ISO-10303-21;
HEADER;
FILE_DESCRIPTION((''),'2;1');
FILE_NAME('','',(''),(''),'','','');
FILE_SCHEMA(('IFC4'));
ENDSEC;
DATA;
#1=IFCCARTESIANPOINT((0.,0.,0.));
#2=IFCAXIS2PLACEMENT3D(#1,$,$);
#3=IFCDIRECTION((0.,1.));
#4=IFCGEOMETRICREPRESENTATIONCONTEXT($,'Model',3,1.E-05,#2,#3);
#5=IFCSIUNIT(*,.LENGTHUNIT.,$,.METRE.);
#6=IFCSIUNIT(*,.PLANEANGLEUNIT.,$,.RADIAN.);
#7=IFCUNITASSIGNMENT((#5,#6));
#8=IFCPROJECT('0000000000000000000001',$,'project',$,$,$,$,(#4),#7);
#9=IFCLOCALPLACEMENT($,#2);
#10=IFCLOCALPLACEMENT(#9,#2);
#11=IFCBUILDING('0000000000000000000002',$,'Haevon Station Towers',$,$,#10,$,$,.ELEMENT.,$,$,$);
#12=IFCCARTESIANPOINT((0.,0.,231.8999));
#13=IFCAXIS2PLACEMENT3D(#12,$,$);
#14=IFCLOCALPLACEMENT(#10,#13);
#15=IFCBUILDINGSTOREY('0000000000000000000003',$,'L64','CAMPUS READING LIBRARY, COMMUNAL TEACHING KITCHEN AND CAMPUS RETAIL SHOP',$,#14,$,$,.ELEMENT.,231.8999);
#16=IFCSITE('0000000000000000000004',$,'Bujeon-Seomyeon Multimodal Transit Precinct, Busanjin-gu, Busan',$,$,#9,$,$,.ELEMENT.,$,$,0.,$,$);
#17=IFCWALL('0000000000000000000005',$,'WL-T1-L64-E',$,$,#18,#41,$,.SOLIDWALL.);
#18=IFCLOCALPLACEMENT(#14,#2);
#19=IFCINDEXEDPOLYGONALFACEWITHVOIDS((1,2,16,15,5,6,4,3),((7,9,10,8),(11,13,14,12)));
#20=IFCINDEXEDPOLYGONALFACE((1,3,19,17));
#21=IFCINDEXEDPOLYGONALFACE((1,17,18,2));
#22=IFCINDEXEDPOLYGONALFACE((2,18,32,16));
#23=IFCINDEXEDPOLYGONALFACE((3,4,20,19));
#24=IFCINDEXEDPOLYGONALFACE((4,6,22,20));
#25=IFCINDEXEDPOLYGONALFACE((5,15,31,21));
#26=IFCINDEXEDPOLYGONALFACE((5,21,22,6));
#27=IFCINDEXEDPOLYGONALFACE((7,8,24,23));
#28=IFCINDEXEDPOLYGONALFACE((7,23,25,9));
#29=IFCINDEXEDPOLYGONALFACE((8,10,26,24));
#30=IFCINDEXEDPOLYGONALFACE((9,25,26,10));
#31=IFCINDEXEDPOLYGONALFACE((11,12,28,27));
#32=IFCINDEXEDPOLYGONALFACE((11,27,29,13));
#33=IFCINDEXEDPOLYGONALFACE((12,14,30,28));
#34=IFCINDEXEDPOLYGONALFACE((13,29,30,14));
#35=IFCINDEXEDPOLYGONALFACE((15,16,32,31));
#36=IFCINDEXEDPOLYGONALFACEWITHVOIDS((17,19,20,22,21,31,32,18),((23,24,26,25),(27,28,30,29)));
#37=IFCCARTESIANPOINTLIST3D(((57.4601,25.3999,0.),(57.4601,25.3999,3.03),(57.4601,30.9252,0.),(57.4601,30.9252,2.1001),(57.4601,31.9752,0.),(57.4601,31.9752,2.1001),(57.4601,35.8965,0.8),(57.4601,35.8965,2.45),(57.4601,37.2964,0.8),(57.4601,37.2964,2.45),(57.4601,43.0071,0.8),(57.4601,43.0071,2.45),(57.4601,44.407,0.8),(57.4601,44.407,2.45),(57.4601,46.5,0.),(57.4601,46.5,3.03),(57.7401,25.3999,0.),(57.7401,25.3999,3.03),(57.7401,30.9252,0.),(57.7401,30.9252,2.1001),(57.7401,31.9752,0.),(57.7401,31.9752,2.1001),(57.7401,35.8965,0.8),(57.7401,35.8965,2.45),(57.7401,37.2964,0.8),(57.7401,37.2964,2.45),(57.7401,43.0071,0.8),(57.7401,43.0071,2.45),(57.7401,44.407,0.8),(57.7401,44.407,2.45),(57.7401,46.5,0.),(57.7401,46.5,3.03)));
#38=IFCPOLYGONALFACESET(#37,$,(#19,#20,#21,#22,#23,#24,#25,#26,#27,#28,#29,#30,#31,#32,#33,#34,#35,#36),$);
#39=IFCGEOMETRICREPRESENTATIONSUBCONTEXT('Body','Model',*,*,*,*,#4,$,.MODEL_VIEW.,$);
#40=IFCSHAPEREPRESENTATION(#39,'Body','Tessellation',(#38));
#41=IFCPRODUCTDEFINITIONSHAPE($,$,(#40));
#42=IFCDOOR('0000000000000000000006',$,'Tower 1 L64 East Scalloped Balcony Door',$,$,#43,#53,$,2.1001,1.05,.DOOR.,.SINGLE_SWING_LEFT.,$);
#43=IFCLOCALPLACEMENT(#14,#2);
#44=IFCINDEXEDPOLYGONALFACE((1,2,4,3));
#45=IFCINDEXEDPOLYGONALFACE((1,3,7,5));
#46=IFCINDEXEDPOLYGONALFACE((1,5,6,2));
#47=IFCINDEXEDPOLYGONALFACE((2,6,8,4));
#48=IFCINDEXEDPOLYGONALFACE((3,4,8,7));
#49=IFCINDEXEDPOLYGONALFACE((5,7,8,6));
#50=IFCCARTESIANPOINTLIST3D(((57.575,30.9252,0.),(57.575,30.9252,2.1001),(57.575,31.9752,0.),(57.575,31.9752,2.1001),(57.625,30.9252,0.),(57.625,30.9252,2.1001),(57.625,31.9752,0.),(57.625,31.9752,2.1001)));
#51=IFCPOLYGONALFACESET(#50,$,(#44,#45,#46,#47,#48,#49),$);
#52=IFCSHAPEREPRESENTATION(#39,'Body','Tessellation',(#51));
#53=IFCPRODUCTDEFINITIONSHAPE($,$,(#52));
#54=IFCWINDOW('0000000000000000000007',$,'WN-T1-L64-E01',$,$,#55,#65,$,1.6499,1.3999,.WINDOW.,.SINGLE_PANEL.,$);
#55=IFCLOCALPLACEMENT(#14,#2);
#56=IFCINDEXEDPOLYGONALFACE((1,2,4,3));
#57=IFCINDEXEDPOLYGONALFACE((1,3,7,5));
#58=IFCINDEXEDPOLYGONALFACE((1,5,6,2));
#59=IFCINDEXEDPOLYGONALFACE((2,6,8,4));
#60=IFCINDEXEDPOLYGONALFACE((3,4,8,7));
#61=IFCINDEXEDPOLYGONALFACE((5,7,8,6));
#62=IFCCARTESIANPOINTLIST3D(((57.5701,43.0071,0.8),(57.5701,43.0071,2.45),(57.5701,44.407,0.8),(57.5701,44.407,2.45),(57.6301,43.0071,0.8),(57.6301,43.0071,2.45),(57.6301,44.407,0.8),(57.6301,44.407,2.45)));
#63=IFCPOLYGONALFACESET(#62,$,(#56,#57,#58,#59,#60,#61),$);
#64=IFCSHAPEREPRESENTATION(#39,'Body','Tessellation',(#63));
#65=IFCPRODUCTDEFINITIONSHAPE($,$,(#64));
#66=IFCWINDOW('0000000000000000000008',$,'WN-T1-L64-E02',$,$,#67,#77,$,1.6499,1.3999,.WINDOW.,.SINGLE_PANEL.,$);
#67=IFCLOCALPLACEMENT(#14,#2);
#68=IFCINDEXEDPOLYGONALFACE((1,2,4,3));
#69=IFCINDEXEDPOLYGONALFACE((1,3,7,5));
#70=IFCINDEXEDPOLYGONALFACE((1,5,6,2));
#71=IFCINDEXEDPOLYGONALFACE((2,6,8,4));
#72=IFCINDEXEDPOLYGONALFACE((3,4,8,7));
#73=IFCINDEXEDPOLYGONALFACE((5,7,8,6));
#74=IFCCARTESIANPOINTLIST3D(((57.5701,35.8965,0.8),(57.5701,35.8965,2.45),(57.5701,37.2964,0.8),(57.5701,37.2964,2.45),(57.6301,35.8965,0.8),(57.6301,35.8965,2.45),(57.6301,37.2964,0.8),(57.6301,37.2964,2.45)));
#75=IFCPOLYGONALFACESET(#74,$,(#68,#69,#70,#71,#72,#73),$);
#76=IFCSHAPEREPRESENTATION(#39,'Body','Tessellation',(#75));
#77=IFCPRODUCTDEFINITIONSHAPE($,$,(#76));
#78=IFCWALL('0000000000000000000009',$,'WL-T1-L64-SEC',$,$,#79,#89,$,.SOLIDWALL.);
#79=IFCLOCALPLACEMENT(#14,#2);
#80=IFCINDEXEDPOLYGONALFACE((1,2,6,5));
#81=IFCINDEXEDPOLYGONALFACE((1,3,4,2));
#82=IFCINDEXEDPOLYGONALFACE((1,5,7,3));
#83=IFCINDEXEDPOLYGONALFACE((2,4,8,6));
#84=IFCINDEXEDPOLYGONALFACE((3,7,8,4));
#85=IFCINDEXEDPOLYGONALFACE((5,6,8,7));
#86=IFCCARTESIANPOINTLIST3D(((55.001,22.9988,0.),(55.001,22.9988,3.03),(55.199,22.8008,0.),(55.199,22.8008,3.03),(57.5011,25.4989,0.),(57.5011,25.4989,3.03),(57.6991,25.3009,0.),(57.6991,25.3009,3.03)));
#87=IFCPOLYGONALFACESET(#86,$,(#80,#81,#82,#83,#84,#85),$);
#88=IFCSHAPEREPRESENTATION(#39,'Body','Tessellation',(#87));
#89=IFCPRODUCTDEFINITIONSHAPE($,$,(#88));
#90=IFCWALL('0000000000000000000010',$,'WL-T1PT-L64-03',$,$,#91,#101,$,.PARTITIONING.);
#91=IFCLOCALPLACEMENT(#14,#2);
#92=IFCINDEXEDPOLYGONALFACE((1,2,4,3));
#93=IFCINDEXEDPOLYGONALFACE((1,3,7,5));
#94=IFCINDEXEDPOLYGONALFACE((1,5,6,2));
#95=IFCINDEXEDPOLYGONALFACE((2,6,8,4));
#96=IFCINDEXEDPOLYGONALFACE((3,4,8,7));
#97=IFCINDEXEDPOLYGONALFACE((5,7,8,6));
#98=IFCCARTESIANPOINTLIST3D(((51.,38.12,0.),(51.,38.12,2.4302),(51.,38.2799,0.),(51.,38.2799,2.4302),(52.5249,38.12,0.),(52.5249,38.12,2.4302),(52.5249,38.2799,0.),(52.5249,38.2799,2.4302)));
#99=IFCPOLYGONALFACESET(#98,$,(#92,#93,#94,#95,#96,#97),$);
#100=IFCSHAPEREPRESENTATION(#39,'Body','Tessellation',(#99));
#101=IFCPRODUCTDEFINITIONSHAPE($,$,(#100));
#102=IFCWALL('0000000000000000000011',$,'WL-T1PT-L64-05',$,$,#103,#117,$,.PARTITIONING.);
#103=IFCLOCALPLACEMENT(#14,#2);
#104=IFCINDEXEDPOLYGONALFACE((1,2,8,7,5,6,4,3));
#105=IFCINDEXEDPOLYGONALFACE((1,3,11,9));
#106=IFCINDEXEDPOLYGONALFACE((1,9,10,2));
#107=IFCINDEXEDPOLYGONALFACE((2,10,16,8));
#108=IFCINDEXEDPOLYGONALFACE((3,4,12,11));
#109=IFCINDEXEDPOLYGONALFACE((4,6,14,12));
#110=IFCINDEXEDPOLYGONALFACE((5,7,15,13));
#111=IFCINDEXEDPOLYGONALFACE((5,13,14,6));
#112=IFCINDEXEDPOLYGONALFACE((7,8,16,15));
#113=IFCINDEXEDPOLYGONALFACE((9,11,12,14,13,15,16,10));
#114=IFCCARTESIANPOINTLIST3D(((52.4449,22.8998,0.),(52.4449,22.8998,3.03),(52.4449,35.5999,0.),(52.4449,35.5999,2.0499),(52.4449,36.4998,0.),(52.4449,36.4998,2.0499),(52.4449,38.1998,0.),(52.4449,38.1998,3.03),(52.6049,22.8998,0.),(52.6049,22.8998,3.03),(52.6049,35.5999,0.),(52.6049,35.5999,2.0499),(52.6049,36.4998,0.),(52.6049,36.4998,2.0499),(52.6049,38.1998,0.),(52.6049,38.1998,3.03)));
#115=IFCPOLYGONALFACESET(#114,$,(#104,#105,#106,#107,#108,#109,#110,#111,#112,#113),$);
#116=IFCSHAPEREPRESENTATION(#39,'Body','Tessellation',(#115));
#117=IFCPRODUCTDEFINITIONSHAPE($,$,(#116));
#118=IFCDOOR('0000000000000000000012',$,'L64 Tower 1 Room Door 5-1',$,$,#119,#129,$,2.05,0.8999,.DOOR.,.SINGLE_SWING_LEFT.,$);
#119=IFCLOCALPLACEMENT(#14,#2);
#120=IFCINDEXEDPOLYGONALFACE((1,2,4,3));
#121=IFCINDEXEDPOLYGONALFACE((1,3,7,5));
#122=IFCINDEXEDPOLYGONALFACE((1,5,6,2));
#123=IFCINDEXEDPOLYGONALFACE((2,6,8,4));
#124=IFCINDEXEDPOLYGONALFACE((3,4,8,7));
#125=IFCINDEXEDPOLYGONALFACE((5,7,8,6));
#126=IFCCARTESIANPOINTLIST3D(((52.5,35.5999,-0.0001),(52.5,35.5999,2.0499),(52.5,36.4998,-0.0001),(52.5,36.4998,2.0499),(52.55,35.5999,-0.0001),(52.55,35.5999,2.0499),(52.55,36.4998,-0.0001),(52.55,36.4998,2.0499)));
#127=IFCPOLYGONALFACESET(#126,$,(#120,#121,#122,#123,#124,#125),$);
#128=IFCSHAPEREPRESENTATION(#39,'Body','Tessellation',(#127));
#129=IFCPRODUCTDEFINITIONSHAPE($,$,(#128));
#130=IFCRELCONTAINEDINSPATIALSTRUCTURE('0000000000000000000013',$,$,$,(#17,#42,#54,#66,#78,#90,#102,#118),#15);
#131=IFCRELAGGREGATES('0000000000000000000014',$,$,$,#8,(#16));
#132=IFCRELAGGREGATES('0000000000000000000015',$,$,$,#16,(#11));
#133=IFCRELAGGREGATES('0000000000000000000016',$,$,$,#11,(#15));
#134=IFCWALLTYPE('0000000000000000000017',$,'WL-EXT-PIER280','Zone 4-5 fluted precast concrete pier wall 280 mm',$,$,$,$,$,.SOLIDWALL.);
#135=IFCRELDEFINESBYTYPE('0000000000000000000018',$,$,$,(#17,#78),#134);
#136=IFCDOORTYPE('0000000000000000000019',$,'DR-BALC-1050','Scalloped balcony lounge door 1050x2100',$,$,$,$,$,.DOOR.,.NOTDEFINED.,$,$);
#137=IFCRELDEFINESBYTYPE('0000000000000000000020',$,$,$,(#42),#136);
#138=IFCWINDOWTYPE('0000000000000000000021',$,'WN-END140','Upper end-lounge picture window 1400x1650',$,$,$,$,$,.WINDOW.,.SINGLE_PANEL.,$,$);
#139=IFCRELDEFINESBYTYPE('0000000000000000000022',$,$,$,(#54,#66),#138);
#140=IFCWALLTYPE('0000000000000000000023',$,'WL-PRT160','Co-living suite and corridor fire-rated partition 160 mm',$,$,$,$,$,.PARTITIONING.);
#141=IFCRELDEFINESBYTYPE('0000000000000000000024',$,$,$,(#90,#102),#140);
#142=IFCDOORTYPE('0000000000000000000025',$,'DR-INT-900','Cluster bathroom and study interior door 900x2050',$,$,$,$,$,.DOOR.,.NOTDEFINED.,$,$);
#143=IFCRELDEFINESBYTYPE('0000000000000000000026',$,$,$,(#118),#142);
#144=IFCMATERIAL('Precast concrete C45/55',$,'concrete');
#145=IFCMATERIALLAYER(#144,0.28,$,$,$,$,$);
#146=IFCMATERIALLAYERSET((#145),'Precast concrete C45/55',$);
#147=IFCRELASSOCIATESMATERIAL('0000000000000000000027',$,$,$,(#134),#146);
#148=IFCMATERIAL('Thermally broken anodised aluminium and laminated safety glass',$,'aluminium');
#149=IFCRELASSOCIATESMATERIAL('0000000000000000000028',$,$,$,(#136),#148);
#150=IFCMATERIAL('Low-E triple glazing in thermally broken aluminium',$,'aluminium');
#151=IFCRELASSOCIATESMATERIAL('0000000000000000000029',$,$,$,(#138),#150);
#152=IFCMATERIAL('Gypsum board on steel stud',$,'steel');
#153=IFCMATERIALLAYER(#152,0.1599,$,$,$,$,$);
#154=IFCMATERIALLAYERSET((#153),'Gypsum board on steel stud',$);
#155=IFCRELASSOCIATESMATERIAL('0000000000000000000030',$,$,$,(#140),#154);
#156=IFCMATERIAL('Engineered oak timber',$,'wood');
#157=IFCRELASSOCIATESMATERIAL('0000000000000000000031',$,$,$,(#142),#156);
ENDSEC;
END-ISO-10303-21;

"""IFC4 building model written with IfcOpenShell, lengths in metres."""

from ifc_helpers import new_model, si_unit, direction, frame, frame_2d, origin, place, context, subcontext, project, spatial, rectangle, extrude, material, layer, layer_set, type_object, element, fill, save


model = new_model("IFC4")

# Units and contexts
model_context = context("Model", 3, precision=1e-05, world=origin(), true_north=direction((0.0, 1.0)))
body_context = subcontext(model_context, "Body", "Model", "MODEL_VIEW")
ifc_project = project(units=[si_unit("LENGTHUNIT", "METRE"), si_unit("PLANEANGLEUNIT", "RADIAN")], contexts=[model_context])

# Site, building, storey
site_placement = place(None, origin())
site = spatial("IfcSite", under=ifc_project, at=site_placement, Name="Bujeon-Seomyeon Multimodal Transit Precinct, Busanjin-gu, Busan", CompositionType="ELEMENT", RefElevation=0.0)
building_placement = place(site_placement, origin())
building = spatial("IfcBuilding", under=site, at=building_placement, Name="Haevon Station Towers", CompositionType="ELEMENT")
storey_placement = place(building_placement, frame((0.0, 0.0, 231.8999)))
storey = spatial("IfcBuildingStorey", under=building, at=storey_placement, Name="L64", Description="CAMPUS READING LIBRARY, COMMUNAL TEACHING KITCHEN AND CAMPUS RETAIL SHOP", CompositionType="ELEMENT", Elevation=231.8999)

# Shared definitions
ifc_material_1 = material(Name="Precast concrete C45/55", Category="concrete")
ifc_layer_1 = layer(ifc_material_1, 0.28)
ifc_layer_set_1 = layer_set([ifc_layer_1], Name="Precast concrete C45/55")
wall_type_1 = type_object("IfcWallType", Name="WL-EXT-PIER280", Description="Zone 4-5 fluted precast concrete pier wall 280 mm", PredefinedType="SOLIDWALL", material=ifc_layer_set_1)
ifc_material_2 = material(Name="Low-E triple glazing in thermally broken aluminium", Category="aluminium")

# Wall, openings, door, windows
wall_1_placement = place(storey_placement, frame((57.6001, 46.5, 0.0), z_axis=(0.0, 0.0, 1.0), x_axis=(0.0, -1.0, 0.0)))
wall_1 = element("IfcWall", 1, at=wall_1_placement, inside=storey, type_object=wall_type_1, Name="WL-T1-L64-E", PredefinedType="SOLIDWALL", context=body_context, shape_type="SweptSolid", body=[
    extrude(rectangle(XDim=21.1001, YDim=0.28, at=frame_2d((10.55, 0.0))), origin(), (0.0, 0.0, 1.0), 3.03),
])
opening_1_placement = place(wall_1_placement, frame((14.5249, 0.0, 0.0)))
opening_1 = element("IfcOpeningElement", 2, at=opening_1_placement, cuts=wall_1, PredefinedType="OPENING", context=body_context, shape_type="SweptSolid", body=[
    extrude(rectangle(XDim=1.05, YDim=2.1001, at=frame_2d((0.5249, 1.05))), frame((0.0, 0.1499, 0.0), z_axis=(0.0, -1.0, 0.0), x_axis=(1.0, 0.0, 0.0)), (0.0, 0.0, 1.0), 0.3),
])
opening_2_placement = place(wall_1_placement, frame((2.093, 0.0, 0.8)))
opening_2 = element("IfcOpeningElement", 3, at=opening_2_placement, cuts=wall_1, PredefinedType="OPENING", context=body_context, shape_type="SweptSolid", body=[
    extrude(rectangle(XDim=1.3999, YDim=1.6499, at=frame_2d((0.7, 0.825))), frame((0.0, 0.1499, 0.0), z_axis=(0.0, -1.0, 0.0), x_axis=(1.0, 0.0, 0.0)), (0.0, 0.0, 1.0), 0.3),
])
opening_3_placement = place(wall_1_placement, frame((9.2036, 0.0, 0.8)))
opening_3 = element("IfcOpeningElement", 4, at=opening_3_placement, cuts=wall_1, PredefinedType="OPENING", context=body_context, shape_type="SweptSolid", body=[
    extrude(rectangle(XDim=1.3999, YDim=1.6499, at=frame_2d((0.7, 0.825))), frame((0.0, 0.1499, 0.0), z_axis=(0.0, -1.0, 0.0), x_axis=(1.0, 0.0, 0.0)), (0.0, 0.0, 1.0), 0.3),
])
ifc_material_3 = material(Name="Thermally broken anodised aluminium and laminated safety glass", Category="aluminium")
door_type_1 = type_object("IfcDoorType", Name="DR-BALC-1050", Description="Scalloped balcony lounge door 1050x2100", OperationType="NOTDEFINED", PredefinedType="DOOR", material=ifc_material_3)
door_1_placement = place(opening_1_placement, origin())
door_1 = element("IfcDoor", 5, at=door_1_placement, inside=storey, type_object=door_type_1, Name="Tower 1 L64 East Scalloped Balcony Door", OperationType="SINGLE_SWING_LEFT", OverallHeight=2.1001, OverallWidth=1.05, PredefinedType="DOOR", context=body_context, shape_type="SweptSolid", body=[
    extrude(rectangle(XDim=1.05, YDim=2.1001, at=frame_2d((0.5249, 1.05))), frame((0.0, 0.0249, 0.0), z_axis=(0.0, -1.0, 0.0), x_axis=(1.0, 0.0, 0.0)), (0.0, 0.0, 1.0), 0.05),
])
fill(opening_1, door_1)
window_type_1 = type_object("IfcWindowType", Name="WN-END140", Description="Upper end-lounge picture window 1400x1650", PartitioningType="SINGLE_PANEL", PredefinedType="WINDOW", material=ifc_material_2)
window_1_placement = place(opening_2_placement, origin())
window_1 = element("IfcWindow", 6, at=window_1_placement, inside=storey, type_object=window_type_1, Name="WN-T1-L64-E01", OverallHeight=1.6499, OverallWidth=1.3999, PartitioningType="SINGLE_PANEL", PredefinedType="WINDOW", context=body_context, shape_type="SweptSolid", body=[
    extrude(rectangle(XDim=1.3999, YDim=1.6499, at=frame_2d((0.7, 0.825))), frame((0.0, 0.03, 0.0), z_axis=(0.0, -1.0, 0.0), x_axis=(1.0, 0.0, 0.0)), (0.0, 0.0, 1.0), 0.0601),
])
fill(opening_2, window_1)
window_2_placement = place(opening_3_placement, origin())
window_2 = element("IfcWindow", 7, at=window_2_placement, inside=storey, type_object=window_type_1, Name="WN-T1-L64-E02", OverallHeight=1.6499, OverallWidth=1.3999, PartitioningType="SINGLE_PANEL", PredefinedType="WINDOW", context=body_context, shape_type="SweptSolid", body=[
    extrude(rectangle(XDim=1.3999, YDim=1.6499, at=frame_2d((0.7, 0.825))), frame((0.0, 0.03, 0.0), z_axis=(0.0, -1.0, 0.0), x_axis=(1.0, 0.0, 0.0)), (0.0, 0.0, 1.0), 0.0601),
])
fill(opening_3, window_2)

# Walls
wall_2_placement = place(storey_placement, frame((57.6001, 25.3999, 0.0), z_axis=(0.0, 0.0, 1.0), x_axis=(-0.707107, -0.707107, 0.0)))
element("IfcWall", 8, at=wall_2_placement, inside=storey, type_object=wall_type_1, Name="WL-T1-L64-SEC", PredefinedType="SOLIDWALL", context=body_context, shape_type="SweptSolid", body=[
    extrude(rectangle(XDim=3.5356, YDim=0.28, at=frame_2d((1.7678, 0.0))), origin(), (0.0, 0.0, 1.0), 3.03),
])
ifc_material_4 = material(Name="Gypsum board on steel stud", Category="steel")
ifc_layer_2 = layer(ifc_material_4, 0.1599)
ifc_layer_set_2 = layer_set([ifc_layer_2], Name="Gypsum board on steel stud")
wall_type_2 = type_object("IfcWallType", Name="WL-PRT160", Description="Co-living suite and corridor fire-rated partition 160 mm", PredefinedType="PARTITIONING", material=ifc_layer_set_2)
wall_3_placement = place(storey_placement, frame((51.0, 38.2, 0.0), z_axis=(0.0, 0.0, 1.0), x_axis=(1.0, 0.0, 0.0)))
element("IfcWall", 9, at=wall_3_placement, inside=storey, type_object=wall_type_2, Name="WL-T1PT-L64-03", PredefinedType="PARTITIONING", context=body_context, shape_type="SweptSolid", body=[
    extrude(rectangle(XDim=1.5249, YDim=0.1599, at=frame_2d((0.7625, 0.0))), origin(), (0.0, 0.0, 1.0), 2.4302),
])

# Wall, opening, door
wall_4_placement = place(storey_placement, frame((52.5249, 22.8999, 0.0), z_axis=(0.0, 0.0, 1.0), x_axis=(0.0, 1.0, 0.0)))
wall_4 = element("IfcWall", 10, at=wall_4_placement, inside=storey, type_object=wall_type_2, Name="WL-T1PT-L64-05", PredefinedType="PARTITIONING", context=body_context, shape_type="SweptSolid", body=[
    extrude(rectangle(XDim=15.3, YDim=0.1599, at=frame_2d((7.6499, 0.0))), origin(), (0.0, 0.0, 1.0), 3.03),
])
opening_4_placement = place(wall_4_placement, frame((12.7, 0.0, 0.0)))
opening_4 = element("IfcOpeningElement", 11, at=opening_4_placement, cuts=wall_4, PredefinedType="OPENING", context=body_context, shape_type="SweptSolid", body=[
    extrude(rectangle(XDim=0.8999, YDim=2.05, at=frame_2d((0.45, 1.0249))), frame((0.0, 0.0898, 0.0), z_axis=(0.0, -1.0, 0.0), x_axis=(1.0, 0.0, 0.0)), (0.0, 0.0, 1.0), 0.1799),
])
ifc_material_5 = material(Name="Engineered oak timber", Category="wood")
door_type_2 = type_object("IfcDoorType", Name="DR-INT-900", Description="Cluster bathroom and study interior door 900x2050", OperationType="NOTDEFINED", PredefinedType="DOOR", material=ifc_material_5)
door_2_placement = place(opening_4_placement, origin())
door_2 = element("IfcDoor", 12, at=door_2_placement, inside=storey, type_object=door_type_2, Name="L64 Tower 1 Room Door 5-1", OperationType="SINGLE_SWING_LEFT", OverallHeight=2.05, OverallWidth=0.8999, PredefinedType="DOOR", context=body_context, shape_type="SweptSolid", body=[
    extrude(rectangle(XDim=0.8999, YDim=2.05, at=frame_2d((0.45, 1.0249))), frame((0.0, 0.0249, 0.0), z_axis=(0.0, -1.0, 0.0), x_axis=(1.0, 0.0, 0.0)), (0.0, 0.0, 1.0), 0.05),
])
fill(opening_4, door_2)

save(model, "model.ifc")
